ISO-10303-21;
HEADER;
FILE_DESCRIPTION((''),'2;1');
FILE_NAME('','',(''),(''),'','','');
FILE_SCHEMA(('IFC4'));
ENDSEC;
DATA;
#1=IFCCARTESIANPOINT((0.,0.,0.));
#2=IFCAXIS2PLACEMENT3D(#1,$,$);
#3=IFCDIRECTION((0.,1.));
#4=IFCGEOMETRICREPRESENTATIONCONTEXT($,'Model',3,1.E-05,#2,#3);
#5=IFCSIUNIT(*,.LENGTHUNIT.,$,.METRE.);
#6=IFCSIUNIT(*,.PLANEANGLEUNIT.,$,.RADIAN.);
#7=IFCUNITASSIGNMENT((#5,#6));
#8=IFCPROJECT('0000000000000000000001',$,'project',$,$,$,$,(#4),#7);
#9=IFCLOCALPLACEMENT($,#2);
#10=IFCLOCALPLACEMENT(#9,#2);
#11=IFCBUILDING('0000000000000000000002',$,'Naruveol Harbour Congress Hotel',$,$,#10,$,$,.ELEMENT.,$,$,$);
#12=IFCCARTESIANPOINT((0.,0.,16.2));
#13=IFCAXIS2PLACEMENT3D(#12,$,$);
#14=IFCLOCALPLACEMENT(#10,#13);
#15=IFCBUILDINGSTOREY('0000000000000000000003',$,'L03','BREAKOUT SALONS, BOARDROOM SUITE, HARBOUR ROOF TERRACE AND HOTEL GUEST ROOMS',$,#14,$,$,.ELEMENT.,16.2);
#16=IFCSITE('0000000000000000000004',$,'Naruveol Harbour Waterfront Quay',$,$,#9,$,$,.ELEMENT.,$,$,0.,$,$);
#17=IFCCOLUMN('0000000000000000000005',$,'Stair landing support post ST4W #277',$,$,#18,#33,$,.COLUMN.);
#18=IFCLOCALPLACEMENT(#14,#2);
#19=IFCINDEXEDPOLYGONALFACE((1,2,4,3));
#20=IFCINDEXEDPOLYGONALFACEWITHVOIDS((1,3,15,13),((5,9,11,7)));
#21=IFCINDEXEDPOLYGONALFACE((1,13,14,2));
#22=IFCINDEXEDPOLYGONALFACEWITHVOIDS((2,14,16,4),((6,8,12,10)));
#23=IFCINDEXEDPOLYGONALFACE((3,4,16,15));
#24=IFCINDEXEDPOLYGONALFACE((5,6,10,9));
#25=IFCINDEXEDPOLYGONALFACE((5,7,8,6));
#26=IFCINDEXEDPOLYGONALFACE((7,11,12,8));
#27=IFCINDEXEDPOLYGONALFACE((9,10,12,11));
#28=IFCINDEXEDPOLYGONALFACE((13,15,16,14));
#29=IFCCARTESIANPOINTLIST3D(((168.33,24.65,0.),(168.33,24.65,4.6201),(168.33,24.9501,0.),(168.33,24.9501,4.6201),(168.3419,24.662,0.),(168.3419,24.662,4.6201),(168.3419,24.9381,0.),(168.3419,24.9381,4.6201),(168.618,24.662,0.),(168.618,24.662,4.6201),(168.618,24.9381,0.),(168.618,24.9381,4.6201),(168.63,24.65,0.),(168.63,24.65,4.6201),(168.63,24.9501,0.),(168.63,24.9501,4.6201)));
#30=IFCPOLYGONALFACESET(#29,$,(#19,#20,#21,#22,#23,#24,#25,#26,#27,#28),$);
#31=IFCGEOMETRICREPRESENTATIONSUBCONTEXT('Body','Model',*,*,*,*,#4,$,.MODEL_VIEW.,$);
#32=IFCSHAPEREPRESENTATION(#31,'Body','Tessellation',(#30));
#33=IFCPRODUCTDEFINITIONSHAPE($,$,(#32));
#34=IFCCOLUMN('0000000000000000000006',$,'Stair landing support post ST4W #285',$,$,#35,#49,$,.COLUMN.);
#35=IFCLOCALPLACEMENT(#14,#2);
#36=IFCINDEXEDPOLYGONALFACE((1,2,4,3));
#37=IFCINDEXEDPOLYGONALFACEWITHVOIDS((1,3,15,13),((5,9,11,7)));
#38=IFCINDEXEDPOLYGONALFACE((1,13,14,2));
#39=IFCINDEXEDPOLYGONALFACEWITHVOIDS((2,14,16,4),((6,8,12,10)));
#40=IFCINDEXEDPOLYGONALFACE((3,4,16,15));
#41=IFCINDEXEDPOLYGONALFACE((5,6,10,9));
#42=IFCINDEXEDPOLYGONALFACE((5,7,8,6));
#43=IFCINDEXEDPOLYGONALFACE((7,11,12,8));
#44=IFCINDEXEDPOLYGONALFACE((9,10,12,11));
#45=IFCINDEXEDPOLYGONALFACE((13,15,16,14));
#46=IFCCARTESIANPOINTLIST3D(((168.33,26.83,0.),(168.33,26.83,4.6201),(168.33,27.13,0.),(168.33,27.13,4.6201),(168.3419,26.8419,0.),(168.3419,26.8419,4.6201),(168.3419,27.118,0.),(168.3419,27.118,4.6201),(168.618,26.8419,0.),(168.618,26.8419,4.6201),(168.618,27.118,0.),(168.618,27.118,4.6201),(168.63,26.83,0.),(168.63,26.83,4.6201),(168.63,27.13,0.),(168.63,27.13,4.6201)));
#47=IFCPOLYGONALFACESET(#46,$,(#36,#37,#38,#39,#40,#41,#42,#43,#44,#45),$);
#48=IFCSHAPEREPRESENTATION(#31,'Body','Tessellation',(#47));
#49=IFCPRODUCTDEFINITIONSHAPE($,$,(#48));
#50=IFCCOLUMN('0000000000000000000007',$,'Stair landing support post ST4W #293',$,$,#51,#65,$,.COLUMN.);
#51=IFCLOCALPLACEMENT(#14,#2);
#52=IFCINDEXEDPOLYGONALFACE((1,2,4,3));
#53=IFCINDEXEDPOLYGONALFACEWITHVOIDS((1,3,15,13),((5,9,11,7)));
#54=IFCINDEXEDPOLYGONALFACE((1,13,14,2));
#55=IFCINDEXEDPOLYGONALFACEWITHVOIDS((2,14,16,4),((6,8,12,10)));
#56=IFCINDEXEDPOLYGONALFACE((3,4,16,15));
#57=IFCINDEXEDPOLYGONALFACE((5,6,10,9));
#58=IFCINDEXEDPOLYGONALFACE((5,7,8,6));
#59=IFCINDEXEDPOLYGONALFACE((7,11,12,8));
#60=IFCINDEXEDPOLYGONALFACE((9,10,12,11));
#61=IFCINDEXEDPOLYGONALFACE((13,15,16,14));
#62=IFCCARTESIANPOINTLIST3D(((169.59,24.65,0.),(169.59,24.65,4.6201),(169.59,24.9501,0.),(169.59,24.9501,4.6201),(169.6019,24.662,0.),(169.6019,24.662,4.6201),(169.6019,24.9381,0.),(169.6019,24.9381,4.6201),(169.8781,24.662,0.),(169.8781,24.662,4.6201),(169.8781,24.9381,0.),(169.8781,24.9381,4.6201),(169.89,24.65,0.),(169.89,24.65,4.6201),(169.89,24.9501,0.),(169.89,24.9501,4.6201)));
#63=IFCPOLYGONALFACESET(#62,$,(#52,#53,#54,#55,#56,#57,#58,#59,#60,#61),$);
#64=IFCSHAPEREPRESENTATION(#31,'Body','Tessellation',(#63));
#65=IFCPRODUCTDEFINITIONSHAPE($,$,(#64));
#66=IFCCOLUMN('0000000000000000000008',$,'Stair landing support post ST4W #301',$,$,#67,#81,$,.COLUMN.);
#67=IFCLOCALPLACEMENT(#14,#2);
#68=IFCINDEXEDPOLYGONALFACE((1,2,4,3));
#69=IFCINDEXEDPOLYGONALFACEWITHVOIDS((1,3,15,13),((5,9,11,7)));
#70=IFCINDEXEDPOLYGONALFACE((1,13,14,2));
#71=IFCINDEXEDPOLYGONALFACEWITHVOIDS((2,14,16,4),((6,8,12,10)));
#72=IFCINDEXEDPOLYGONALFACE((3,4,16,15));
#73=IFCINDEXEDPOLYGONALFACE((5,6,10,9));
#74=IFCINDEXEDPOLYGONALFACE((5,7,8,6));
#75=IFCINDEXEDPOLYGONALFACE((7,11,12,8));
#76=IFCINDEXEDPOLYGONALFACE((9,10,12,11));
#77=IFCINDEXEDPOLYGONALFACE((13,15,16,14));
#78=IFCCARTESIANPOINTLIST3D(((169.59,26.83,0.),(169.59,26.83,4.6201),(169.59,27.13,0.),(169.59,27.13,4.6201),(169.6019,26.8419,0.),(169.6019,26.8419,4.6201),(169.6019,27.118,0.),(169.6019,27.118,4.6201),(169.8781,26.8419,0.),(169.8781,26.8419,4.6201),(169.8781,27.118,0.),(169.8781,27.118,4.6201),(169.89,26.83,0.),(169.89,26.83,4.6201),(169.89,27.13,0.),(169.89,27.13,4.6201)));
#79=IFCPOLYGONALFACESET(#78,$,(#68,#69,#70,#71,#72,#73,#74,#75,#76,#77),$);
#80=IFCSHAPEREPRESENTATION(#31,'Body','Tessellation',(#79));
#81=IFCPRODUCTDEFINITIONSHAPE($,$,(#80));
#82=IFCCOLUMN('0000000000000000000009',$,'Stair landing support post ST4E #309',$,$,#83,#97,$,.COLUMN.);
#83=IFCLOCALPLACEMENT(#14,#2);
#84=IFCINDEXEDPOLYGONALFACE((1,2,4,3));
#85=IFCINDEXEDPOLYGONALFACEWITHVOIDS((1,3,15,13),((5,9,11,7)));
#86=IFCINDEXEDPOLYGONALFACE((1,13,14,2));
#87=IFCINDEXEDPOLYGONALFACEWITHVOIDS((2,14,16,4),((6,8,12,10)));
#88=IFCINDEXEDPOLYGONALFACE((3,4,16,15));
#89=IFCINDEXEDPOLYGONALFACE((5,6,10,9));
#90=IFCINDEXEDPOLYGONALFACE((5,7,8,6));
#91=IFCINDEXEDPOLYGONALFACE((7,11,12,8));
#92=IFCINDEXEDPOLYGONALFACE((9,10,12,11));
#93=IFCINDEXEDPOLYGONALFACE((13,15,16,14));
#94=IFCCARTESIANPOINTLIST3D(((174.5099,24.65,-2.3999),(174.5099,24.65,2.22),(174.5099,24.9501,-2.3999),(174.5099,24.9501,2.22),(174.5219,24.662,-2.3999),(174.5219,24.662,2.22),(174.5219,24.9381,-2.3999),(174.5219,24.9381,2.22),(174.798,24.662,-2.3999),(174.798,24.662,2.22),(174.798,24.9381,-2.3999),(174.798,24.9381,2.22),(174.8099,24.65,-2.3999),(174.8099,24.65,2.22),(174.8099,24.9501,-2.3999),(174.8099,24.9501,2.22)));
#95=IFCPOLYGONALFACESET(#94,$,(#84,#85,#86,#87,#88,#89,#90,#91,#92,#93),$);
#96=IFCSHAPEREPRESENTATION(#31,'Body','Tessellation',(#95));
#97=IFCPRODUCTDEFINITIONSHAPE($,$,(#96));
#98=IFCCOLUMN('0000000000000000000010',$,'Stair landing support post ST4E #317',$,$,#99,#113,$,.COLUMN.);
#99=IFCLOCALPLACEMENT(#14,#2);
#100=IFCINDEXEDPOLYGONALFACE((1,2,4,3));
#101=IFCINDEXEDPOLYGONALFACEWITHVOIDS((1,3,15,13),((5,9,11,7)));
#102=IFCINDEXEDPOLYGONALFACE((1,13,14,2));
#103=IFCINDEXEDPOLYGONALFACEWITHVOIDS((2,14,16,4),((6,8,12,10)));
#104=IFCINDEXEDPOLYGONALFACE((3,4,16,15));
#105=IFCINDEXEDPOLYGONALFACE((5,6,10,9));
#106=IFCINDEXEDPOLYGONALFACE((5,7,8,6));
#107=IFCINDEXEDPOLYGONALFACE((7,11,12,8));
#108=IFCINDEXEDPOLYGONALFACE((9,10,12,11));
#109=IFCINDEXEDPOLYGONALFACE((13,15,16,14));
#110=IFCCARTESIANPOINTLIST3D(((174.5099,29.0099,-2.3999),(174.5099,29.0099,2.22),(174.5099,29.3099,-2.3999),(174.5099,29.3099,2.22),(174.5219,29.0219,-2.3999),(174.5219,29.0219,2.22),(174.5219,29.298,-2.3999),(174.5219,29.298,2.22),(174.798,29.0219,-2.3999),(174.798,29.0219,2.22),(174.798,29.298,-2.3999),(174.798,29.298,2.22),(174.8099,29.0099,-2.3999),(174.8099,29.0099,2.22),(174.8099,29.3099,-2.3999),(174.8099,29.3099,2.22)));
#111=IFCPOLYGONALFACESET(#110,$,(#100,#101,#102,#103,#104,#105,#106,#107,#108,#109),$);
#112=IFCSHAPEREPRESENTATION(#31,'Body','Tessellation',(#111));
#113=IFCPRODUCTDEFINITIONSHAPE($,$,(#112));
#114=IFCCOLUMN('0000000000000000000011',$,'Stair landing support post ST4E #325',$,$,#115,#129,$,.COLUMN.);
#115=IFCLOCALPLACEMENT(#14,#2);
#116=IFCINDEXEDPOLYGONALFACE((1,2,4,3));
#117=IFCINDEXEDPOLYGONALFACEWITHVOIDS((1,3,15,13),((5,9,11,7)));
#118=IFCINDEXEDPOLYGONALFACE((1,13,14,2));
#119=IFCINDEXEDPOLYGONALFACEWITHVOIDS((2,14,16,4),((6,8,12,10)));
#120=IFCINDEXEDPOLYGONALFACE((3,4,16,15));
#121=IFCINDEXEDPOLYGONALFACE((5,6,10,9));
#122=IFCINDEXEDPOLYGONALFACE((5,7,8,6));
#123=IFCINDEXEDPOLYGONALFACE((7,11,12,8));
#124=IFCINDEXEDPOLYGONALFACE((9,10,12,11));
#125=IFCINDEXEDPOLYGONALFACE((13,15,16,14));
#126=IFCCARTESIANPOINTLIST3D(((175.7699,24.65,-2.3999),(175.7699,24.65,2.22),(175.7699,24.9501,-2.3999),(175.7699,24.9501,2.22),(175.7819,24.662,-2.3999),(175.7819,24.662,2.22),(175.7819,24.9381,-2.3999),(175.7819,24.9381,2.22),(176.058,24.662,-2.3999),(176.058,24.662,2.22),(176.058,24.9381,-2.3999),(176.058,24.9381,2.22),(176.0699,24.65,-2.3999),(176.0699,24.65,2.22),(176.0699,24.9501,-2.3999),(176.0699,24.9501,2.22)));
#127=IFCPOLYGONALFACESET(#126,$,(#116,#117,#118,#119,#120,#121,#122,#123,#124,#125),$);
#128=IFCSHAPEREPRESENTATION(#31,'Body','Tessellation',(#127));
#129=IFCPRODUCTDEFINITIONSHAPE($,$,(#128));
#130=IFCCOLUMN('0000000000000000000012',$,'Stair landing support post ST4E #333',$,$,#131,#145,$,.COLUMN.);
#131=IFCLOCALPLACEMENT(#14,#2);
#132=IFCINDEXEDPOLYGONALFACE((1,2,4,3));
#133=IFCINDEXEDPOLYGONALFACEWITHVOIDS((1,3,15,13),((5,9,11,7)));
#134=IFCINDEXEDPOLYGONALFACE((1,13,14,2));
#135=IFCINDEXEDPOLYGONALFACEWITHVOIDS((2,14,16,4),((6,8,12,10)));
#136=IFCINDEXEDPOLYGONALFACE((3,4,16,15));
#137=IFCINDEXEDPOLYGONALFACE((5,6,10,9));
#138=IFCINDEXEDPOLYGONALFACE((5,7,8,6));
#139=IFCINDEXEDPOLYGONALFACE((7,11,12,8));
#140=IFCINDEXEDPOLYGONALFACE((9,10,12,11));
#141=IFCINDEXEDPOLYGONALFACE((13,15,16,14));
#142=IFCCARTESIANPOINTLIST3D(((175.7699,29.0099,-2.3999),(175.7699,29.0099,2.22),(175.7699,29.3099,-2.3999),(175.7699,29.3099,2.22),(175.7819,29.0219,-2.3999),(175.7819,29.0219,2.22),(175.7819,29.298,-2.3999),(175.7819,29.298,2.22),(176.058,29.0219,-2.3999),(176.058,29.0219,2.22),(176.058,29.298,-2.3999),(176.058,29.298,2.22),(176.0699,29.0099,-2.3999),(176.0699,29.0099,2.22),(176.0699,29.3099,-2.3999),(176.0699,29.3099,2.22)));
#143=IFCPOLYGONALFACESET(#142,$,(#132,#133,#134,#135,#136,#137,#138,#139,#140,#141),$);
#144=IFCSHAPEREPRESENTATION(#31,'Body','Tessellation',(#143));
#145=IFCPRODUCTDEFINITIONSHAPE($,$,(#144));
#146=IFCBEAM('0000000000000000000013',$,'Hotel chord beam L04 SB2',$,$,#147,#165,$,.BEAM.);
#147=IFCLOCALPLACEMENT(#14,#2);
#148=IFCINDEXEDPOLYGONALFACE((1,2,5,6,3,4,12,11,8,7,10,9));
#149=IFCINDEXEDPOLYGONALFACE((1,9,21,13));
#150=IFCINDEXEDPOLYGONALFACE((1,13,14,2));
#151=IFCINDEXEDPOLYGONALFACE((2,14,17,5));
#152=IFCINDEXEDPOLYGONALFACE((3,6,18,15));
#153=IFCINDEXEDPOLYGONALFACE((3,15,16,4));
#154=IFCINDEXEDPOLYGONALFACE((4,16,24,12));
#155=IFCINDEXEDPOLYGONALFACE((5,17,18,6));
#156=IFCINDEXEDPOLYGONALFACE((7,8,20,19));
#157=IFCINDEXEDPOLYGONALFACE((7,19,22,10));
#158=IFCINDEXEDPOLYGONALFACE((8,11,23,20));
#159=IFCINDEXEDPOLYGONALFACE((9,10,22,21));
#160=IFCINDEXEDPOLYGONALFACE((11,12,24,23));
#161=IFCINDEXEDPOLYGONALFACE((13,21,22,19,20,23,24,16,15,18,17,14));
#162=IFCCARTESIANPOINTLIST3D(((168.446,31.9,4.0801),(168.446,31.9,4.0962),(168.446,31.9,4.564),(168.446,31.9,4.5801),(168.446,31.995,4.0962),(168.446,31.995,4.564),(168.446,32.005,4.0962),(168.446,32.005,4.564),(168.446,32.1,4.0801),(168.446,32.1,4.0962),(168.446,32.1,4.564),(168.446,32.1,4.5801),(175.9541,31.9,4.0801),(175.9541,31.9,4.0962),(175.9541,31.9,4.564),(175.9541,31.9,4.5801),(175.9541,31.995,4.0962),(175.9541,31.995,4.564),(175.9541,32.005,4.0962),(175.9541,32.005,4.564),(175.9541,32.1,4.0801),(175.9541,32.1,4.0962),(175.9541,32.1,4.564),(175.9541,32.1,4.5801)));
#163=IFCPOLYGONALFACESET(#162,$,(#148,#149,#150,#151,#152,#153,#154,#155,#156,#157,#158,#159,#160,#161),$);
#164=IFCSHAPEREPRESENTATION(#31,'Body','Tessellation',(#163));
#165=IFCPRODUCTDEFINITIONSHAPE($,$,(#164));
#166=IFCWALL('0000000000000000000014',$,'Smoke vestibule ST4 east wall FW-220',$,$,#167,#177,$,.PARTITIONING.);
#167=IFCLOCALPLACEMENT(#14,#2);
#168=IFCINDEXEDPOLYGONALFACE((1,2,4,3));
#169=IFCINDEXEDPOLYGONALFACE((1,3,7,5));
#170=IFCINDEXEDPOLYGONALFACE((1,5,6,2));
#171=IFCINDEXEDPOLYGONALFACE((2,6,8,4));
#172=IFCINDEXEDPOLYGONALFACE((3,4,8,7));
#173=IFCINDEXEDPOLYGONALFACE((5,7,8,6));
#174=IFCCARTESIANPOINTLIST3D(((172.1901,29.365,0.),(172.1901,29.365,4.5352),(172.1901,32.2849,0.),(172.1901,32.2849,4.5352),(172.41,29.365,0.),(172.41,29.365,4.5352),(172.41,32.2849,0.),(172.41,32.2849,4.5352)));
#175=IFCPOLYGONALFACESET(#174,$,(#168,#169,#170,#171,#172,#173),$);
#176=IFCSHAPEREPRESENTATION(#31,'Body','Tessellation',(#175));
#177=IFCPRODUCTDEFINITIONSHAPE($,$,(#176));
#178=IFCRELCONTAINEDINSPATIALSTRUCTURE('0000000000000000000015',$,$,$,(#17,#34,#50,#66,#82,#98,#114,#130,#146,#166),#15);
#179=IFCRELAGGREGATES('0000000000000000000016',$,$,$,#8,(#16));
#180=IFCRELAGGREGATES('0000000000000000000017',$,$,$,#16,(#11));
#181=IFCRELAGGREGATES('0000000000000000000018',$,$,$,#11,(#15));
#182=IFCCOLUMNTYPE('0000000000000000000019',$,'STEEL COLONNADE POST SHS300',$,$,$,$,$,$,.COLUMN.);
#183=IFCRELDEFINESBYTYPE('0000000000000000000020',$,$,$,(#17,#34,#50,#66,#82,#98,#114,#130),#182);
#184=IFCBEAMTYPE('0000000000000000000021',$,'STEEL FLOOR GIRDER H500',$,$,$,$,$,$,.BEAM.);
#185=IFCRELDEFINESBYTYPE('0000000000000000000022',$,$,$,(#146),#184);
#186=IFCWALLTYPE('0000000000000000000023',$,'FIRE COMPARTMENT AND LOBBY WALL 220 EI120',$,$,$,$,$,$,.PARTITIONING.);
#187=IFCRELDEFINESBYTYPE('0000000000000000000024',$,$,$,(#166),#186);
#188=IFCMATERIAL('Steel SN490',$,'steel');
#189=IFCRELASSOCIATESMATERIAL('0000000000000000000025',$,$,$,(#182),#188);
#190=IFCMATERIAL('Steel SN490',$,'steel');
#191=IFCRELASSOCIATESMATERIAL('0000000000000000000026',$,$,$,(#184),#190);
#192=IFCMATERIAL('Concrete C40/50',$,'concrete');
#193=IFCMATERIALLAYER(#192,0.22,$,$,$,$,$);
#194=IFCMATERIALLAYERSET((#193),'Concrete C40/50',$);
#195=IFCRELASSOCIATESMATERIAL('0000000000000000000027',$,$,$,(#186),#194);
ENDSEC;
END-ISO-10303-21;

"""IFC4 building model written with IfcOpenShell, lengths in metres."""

from ifc_helpers import new_model, si_unit, direction, frame, frame_2d, origin, origin_2d, place, context, subcontext, project, spatial, rectangle, hollow_rectangle, i_section, extrude, material, layer, layer_set, material_profile, profile_set, type_object, element, save


model = new_model("IFC4")

# Units and contexts
model_context = context("Model", 3, precision=1e-05, world=origin(), true_north=direction((0.0, 1.0)))
body_context = subcontext(model_context, "Body", "Model", "MODEL_VIEW")
ifc_project = project(units=[si_unit("LENGTHUNIT", "METRE"), si_unit("PLANEANGLEUNIT", "RADIAN")], contexts=[model_context])

# Site, building, storey
site_placement = place(None, origin())
site = spatial("IfcSite", under=ifc_project, at=site_placement, Name="Naruveol Harbour Waterfront Quay", CompositionType="ELEMENT", RefElevation=0.0)
building_placement = place(site_placement, origin())
building = spatial("IfcBuilding", under=site, at=building_placement, Name="Naruveol Harbour Congress Hotel", CompositionType="ELEMENT")
storey_placement = place(building_placement, frame((0.0, 0.0, 16.2)))
storey = spatial("IfcBuildingStorey", under=building, at=storey_placement, Name="L03", Description="BREAKOUT SALONS, BOARDROOM SUITE, HARBOUR ROOF TERRACE AND HOTEL GUEST ROOMS", CompositionType="ELEMENT", Elevation=16.2)

# Columns
ifc_material_1 = material(Name="Steel SN490", Category="steel")
ifc_material_profile_1 = material_profile(ifc_material_1, hollow_rectangle(XDim=0.3, YDim=0.3, WallThickness=0.012, at=origin_2d()), Name="SHS-300x300x12")
ifc_profile_set_1 = profile_set([ifc_material_profile_1], Name="Steel SN490")
column_type = type_object("IfcColumnType", Name="STEEL COLONNADE POST SHS300", PredefinedType="COLUMN", material=ifc_profile_set_1)
for number, where, z_axis, x_axis, name in (
    (1, (168.48, 24.8, 0.0), (0.0, 0.0, 1.0), (1.0, 0.0, 0.0), "Stair landing support post ST4W #277"),
    (2, (168.48, 26.98, 0.0), (0.0, 0.0, 1.0), (1.0, 0.0, 0.0), "Stair landing support post ST4W #285"),
    (3, (169.74, 24.8, 0.0), (0.0, 0.0, 1.0), (1.0, 0.0, 0.0), "Stair landing support post ST4W #293"),
    (4, (169.74, 26.98, 0.0), (0.0, 0.0, 1.0), (1.0, 0.0, 0.0), "Stair landing support post ST4W #301"),
):
    element("IfcColumn", number, at=place(storey_placement, frame(where, z_axis=z_axis, x_axis=x_axis)), inside=storey, type_object=column_type, Name=name, PredefinedType="COLUMN", context=body_context, shape_type="SweptSolid", body=[
        extrude(hollow_rectangle(XDim=0.3, YDim=0.3, WallThickness=0.012, at=origin_2d()), origin(), (0.0, 0.0, 1.0), 4.6201),
    ])
for number, where, z_axis, x_axis, name in (
    (5, (174.6599, 24.8, -2.3999), (0.0, 0.0, 1.0), (1.0, 0.0, 0.0), "Stair landing support post ST4E #309"),
    (6, (174.6599, 29.1599, -2.3999), (0.0, 0.0, 1.0), (1.0, 0.0, 0.0), "Stair landing support post ST4E #317"),
    (7, (175.9199, 24.8, -2.3999), (0.0, 0.0, 1.0), (1.0, 0.0, 0.0), "Stair landing support post ST4E #325"),
    (8, (175.9199, 29.1599, -2.3999), (0.0, 0.0, 1.0), (1.0, 0.0, 0.0), "Stair landing support post ST4E #333"),
):
    element("IfcColumn", number, at=place(storey_placement, frame(where, z_axis=z_axis, x_axis=x_axis)), inside=storey, type_object=column_type, Name=name, PredefinedType="COLUMN", context=body_context, shape_type="SweptSolid", body=[
        extrude(hollow_rectangle(XDim=0.3, YDim=0.3, WallThickness=0.012, at=origin_2d()), origin(), (0.0, 0.0, 1.0), 4.6199),
    ])

# Beam
ifc_material_2 = material(Name="Steel SN490", Category="steel")
ifc_material_profile_2 = material_profile(ifc_material_2, i_section(OverallWidth=0.2, OverallDepth=0.5, WebThickness=0.01, FlangeThickness=0.0161, at=origin_2d()), Name="H-500x200x10x16")
ifc_profile_set_2 = profile_set([ifc_material_profile_2], Name="Steel SN490")
beam_type = type_object("IfcBeamType", Name="STEEL FLOOR GIRDER H500", PredefinedType="BEAM", material=ifc_profile_set_2)
beam_placement = place(storey_placement, frame((168.446, 32.0, 4.3301), z_axis=(1.0, 0.0, 0.0), x_axis=(0.0, 1.0, 0.0)))
element("IfcBeam", 9, at=beam_placement, inside=storey, type_object=beam_type, Name="Hotel chord beam L04 SB2", PredefinedType="BEAM", context=body_context, shape_type="SweptSolid", body=[
    extrude(i_section(OverallWidth=0.2, OverallDepth=0.5, WebThickness=0.01, FlangeThickness=0.0161, at=origin_2d()), origin(), (0.0, 0.0, 1.0), 7.5081),
])

# Wall
ifc_material_3 = material(Name="Concrete C40/50", Category="concrete")
ifc_layer_1 = layer(ifc_material_3, 0.22)
ifc_layer_set_1 = layer_set([ifc_layer_1], Name="Concrete C40/50")
wall_type = type_object("IfcWallType", Name="FIRE COMPARTMENT AND LOBBY WALL 220 EI120", PredefinedType="PARTITIONING", material=ifc_layer_set_1)
wall_placement = place(storey_placement, frame((172.3, 29.365, 0.0), z_axis=(0.0, 0.0, 1.0), x_axis=(0.0, 1.0, 0.0)))
element("IfcWall", 10, at=wall_placement, inside=storey, type_object=wall_type, Name="Smoke vestibule ST4 east wall FW-220", PredefinedType="PARTITIONING", context=body_context, shape_type="SweptSolid", body=[
    extrude(rectangle(XDim=2.9199, YDim=0.22, at=frame_2d((1.46, 0.0))), origin(), (0.0, 0.0, 1.0), 4.5352),
])

save(model, "model.ifc")
